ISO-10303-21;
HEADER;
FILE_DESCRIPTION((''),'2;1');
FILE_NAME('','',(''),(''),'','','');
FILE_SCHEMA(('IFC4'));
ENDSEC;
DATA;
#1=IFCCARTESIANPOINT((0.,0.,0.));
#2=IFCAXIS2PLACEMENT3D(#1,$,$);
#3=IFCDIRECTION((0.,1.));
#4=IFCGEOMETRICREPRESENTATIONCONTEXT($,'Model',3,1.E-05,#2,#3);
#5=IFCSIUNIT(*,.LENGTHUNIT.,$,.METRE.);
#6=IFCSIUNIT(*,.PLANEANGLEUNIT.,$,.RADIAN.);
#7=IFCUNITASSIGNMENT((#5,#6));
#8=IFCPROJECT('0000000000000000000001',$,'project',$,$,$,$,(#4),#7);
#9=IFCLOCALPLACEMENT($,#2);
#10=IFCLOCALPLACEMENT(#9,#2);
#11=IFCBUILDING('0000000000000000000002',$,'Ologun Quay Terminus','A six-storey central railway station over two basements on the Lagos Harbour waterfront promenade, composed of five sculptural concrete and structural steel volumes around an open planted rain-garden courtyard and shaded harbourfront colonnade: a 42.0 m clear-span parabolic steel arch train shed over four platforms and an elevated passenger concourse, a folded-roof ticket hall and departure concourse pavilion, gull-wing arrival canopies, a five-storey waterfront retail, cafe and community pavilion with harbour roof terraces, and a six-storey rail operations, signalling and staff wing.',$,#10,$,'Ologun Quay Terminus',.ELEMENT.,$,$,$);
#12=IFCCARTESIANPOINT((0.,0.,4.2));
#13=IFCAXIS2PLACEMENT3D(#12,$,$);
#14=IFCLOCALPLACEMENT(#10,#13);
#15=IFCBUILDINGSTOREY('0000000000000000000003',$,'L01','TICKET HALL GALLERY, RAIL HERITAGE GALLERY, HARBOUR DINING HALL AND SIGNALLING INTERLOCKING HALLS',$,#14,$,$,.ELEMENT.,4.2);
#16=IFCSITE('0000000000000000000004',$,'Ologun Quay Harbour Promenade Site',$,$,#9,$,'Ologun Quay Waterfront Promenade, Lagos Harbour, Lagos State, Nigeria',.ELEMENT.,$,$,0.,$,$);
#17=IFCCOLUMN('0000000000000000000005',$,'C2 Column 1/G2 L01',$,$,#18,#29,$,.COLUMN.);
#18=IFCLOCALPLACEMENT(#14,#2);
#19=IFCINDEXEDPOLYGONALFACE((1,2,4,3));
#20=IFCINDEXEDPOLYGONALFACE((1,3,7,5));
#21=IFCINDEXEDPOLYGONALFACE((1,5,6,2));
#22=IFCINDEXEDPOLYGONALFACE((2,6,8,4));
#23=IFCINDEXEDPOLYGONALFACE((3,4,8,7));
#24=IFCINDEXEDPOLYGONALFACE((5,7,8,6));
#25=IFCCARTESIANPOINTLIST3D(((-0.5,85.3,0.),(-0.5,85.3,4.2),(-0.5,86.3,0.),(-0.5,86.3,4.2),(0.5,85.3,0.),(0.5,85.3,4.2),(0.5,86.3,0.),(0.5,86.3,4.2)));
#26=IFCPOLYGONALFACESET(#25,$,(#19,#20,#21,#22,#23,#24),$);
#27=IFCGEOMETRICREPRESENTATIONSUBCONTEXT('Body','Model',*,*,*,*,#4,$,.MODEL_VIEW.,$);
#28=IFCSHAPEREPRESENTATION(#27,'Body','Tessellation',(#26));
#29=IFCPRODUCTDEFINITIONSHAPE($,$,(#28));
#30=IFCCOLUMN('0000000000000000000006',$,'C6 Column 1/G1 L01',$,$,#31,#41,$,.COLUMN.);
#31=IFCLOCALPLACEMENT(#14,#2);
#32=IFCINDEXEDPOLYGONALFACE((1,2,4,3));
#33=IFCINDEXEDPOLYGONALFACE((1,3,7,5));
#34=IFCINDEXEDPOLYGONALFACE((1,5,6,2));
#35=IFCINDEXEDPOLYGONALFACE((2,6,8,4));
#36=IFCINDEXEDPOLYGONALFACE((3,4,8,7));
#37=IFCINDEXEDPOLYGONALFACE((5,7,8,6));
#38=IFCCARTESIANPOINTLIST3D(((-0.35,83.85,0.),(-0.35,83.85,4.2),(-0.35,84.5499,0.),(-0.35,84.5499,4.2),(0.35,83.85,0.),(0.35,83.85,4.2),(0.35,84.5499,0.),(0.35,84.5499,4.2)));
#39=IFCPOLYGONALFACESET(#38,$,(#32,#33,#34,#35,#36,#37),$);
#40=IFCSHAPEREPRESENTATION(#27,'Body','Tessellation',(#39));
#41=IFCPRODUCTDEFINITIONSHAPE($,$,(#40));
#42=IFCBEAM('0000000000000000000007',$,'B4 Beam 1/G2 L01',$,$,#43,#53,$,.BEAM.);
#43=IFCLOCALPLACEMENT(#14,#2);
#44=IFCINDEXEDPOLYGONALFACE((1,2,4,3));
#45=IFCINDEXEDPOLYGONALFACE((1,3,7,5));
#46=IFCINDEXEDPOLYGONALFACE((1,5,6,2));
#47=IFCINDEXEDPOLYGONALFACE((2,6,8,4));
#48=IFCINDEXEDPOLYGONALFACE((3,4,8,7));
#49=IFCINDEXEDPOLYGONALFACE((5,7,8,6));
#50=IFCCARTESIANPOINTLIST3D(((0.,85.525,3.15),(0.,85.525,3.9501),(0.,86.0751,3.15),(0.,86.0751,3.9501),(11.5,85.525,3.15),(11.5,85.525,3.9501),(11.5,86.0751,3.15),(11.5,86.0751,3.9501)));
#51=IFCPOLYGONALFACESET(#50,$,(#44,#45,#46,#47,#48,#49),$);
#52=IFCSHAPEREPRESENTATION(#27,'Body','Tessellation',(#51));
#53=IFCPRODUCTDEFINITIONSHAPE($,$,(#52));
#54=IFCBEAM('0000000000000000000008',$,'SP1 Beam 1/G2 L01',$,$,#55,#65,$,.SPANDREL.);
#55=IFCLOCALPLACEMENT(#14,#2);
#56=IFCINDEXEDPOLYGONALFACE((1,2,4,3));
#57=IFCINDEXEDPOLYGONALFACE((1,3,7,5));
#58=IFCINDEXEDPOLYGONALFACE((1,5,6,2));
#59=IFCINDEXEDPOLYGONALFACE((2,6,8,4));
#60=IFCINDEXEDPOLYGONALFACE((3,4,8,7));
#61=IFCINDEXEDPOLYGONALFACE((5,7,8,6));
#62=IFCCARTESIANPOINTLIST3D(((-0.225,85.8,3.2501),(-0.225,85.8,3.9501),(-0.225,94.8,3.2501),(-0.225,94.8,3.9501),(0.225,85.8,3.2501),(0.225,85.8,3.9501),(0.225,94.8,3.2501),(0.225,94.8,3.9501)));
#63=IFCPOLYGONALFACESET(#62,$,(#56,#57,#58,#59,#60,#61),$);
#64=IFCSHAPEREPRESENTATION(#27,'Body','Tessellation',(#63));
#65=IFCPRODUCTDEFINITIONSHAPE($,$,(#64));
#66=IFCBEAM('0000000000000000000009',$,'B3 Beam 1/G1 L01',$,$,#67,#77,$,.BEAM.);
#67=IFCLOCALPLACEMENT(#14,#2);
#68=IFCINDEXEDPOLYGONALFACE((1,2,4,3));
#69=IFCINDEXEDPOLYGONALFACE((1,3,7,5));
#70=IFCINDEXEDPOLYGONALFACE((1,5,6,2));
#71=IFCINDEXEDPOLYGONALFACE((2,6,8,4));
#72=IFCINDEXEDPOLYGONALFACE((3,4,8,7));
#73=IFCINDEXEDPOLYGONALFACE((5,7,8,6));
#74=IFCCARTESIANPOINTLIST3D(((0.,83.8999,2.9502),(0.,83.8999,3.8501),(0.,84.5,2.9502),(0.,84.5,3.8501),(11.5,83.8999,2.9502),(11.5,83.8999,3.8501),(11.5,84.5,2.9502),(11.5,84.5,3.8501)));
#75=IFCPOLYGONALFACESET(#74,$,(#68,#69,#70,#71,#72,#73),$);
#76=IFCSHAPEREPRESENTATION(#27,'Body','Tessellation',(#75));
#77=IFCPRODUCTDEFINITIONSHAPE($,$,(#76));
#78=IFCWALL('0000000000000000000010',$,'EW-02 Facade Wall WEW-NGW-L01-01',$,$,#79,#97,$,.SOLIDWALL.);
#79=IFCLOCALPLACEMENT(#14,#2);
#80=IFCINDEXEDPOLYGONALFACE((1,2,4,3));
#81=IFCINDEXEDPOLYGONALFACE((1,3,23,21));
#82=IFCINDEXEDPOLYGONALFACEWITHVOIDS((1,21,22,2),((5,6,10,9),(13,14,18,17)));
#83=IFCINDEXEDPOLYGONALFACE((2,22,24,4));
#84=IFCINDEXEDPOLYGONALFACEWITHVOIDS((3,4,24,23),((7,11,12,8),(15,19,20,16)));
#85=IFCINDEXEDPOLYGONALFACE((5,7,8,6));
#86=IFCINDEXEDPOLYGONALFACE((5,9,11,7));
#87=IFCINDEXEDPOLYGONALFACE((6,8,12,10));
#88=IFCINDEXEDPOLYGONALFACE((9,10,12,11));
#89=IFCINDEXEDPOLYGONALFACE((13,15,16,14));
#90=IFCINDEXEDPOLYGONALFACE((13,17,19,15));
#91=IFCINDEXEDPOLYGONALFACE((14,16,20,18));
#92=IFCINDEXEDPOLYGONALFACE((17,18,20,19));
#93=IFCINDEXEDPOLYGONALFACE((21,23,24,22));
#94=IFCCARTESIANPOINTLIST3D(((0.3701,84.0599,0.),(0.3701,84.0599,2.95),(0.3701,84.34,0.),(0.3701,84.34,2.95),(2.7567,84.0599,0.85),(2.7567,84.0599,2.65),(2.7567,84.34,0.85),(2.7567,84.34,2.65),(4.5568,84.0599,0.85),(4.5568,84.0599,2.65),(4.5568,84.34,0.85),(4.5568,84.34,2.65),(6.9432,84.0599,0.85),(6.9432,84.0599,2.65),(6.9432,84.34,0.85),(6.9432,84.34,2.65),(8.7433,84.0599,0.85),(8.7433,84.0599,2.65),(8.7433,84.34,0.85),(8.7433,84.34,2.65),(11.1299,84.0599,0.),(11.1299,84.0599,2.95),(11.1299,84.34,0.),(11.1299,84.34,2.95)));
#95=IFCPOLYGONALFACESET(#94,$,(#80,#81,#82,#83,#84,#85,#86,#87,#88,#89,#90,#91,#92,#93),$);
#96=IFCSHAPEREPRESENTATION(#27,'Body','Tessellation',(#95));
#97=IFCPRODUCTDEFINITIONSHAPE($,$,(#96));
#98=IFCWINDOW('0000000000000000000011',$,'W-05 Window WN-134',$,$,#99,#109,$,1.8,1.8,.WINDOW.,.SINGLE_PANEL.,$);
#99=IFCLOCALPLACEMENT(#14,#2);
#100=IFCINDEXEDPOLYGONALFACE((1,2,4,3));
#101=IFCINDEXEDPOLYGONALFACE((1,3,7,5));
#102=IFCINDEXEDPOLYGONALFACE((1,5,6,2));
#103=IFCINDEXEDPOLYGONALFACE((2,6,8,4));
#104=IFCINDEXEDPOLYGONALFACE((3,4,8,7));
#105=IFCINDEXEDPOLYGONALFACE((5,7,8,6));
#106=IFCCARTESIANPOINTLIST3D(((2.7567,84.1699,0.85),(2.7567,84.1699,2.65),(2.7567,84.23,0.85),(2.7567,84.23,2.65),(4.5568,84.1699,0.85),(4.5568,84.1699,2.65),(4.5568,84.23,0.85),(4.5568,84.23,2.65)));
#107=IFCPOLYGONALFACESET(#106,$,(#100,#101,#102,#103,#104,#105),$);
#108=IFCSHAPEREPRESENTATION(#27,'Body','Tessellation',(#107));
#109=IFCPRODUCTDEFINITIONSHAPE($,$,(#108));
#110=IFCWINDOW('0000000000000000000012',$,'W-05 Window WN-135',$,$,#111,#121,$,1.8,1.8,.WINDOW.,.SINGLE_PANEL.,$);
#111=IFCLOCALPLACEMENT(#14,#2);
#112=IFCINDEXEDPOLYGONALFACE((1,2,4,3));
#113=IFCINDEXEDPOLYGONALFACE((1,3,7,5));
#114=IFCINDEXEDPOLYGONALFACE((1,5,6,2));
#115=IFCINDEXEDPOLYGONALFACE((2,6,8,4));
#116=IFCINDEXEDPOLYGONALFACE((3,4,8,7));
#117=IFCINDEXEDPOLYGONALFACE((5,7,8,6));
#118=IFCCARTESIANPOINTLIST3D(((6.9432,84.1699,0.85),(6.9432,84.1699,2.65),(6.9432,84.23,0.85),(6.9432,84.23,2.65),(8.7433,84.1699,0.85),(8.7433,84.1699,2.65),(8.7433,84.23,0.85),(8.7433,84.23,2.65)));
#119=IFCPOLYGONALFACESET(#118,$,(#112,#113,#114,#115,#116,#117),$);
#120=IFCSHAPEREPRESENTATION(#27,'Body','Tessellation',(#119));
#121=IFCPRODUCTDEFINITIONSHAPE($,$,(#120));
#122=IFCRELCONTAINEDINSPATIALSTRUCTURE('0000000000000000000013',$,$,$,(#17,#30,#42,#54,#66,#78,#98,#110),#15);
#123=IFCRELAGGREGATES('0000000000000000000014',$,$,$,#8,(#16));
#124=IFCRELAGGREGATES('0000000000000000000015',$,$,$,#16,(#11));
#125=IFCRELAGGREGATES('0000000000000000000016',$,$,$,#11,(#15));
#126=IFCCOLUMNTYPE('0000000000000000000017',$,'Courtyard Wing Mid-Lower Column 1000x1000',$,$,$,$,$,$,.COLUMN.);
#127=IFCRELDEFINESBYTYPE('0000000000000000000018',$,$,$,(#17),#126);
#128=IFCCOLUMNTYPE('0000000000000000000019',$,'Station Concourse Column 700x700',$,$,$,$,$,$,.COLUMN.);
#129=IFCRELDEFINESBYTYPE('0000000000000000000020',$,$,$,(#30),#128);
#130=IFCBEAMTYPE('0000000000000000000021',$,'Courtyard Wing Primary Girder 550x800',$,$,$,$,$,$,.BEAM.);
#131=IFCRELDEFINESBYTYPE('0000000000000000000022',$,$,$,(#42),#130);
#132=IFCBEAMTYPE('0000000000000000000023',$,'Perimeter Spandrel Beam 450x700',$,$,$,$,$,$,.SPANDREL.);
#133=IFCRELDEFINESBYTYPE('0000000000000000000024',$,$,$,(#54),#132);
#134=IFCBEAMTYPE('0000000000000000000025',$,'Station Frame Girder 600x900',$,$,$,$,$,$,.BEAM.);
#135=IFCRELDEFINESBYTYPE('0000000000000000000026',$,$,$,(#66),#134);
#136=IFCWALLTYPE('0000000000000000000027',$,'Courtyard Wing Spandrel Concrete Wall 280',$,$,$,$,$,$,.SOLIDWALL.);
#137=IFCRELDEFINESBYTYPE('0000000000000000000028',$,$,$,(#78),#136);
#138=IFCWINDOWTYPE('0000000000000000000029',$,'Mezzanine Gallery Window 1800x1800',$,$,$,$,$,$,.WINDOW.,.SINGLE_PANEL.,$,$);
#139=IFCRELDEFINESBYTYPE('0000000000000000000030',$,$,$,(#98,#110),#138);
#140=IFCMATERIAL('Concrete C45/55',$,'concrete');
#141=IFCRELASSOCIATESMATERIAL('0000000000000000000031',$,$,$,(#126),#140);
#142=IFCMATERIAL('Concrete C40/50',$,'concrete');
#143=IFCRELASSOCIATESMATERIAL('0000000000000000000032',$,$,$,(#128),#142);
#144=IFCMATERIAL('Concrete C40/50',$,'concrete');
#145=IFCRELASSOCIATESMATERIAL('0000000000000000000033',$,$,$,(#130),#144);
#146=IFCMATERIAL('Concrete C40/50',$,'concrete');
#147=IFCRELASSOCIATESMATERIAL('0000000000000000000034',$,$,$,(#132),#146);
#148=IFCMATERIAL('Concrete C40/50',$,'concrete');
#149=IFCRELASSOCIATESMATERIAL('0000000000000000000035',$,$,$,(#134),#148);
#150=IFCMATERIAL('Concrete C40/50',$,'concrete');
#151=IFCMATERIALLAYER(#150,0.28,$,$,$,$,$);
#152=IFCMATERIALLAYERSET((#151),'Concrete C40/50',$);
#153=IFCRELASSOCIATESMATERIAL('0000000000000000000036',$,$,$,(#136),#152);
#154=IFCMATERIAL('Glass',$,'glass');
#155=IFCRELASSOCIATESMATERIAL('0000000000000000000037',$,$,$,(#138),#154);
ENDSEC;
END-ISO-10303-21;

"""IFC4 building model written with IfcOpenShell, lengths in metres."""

from ifc_helpers import new_model, si_unit, direction, frame, frame_2d, origin, origin_2d, place, context, subcontext, project, spatial, rectangle, extrude, material, layer, layer_set, material_profile, profile_set, type_object, element, fill, save


model = new_model("IFC4")

# Units and contexts
model_context = context("Model", 3, precision=1e-05, world=origin(), true_north=direction((0.0, 1.0)))
body_context = subcontext(model_context, "Body", "Model", "MODEL_VIEW")
ifc_project = project(units=[si_unit("LENGTHUNIT", "METRE"), si_unit("PLANEANGLEUNIT", "RADIAN")], contexts=[model_context])

# Site, building, storey
site_placement = place(None, origin())
site = spatial("IfcSite", under=ifc_project, at=site_placement, Name="Ologun Quay Harbour Promenade Site", LongName="Ologun Quay Waterfront Promenade, Lagos Harbour, Lagos State, Nigeria", CompositionType="ELEMENT", RefElevation=0.0)
building_placement = place(site_placement, origin())
building = spatial("IfcBuilding", under=site, at=building_placement, Name="Ologun Quay Terminus", Description="A six-storey central railway station over two basements on the Lagos Harbour waterfront promenade, composed of five sculptural concrete and structural steel volumes around an open planted rain-garden courtyard and shaded harbourfront colonnade: a 42.0 m clear-span parabolic steel arch train shed over four platforms and an elevated passenger concourse, a folded-roof ticket hall and departure concourse pavilion, gull-wing arrival canopies, a five-storey waterfront retail, cafe and community pavilion with harbour roof terraces, and a six-storey rail operations, signalling and staff wing.", LongName="Ologun Quay Terminus", CompositionType="ELEMENT")
storey_placement = place(building_placement, frame((0.0, 0.0, 4.2)))
storey = spatial("IfcBuildingStorey", under=building, at=storey_placement, Name="L01", Description="TICKET HALL GALLERY, RAIL HERITAGE GALLERY, HARBOUR DINING HALL AND SIGNALLING INTERLOCKING HALLS", CompositionType="ELEMENT", Elevation=4.2)

# Columns
ifc_material_1 = material(Name="Concrete C45/55", Category="concrete")
ifc_material_profile_1 = material_profile(ifc_material_1, rectangle(XDim=1.0, YDim=1.0, at=origin_2d()), Name="RC 1000x1000")
ifc_profile_set_1 = profile_set([ifc_material_profile_1], Name="Concrete C45/55")
column_type_1 = type_object("IfcColumnType", Name="Courtyard Wing Mid-Lower Column 1000x1000", PredefinedType="COLUMN", material=ifc_profile_set_1)
column_1_placement = place(storey_placement, frame((0.0, 85.8, 0.0), z_axis=(0.0, 0.0, 1.0), x_axis=(1.0, 0.0, 0.0)))
element("IfcColumn", 1, at=column_1_placement, inside=storey, type_object=column_type_1, Name="C2 Column 1/G2 L01", PredefinedType="COLUMN", context=body_context, shape_type="SweptSolid", body=[
    extrude(rectangle(XDim=1.0, YDim=1.0, at=origin_2d()), origin(), (0.0, 0.0, 1.0), 4.2),
])
ifc_material_2 = material(Name="Concrete C40/50", Category="concrete")
ifc_material_profile_2 = material_profile(ifc_material_2, rectangle(XDim=0.7, YDim=0.7, at=origin_2d()), Name="RC 700x700")
ifc_profile_set_2 = profile_set([ifc_material_profile_2], Name="Concrete C40/50")
column_type_2 = type_object("IfcColumnType", Name="Station Concourse Column 700x700", PredefinedType="COLUMN", material=ifc_profile_set_2)
column_2_placement = place(storey_placement, frame((0.0, 84.2, 0.0), z_axis=(0.0, 0.0, 1.0), x_axis=(1.0, 0.0, 0.0)))
element("IfcColumn", 2, at=column_2_placement, inside=storey, type_object=column_type_2, Name="C6 Column 1/G1 L01", PredefinedType="COLUMN", context=body_context, shape_type="SweptSolid", body=[
    extrude(rectangle(XDim=0.7, YDim=0.7, at=origin_2d()), origin(), (0.0, 0.0, 1.0), 4.2),
])

# Beams
ifc_material_3 = material(Name="Concrete C40/50", Category="concrete")
ifc_material_profile_3 = material_profile(ifc_material_3, rectangle(XDim=0.55, YDim=0.8, at=origin_2d()), Name="RC 550x800")
ifc_profile_set_3 = profile_set([ifc_material_profile_3], Name="Concrete C40/50")
beam_type_1 = type_object("IfcBeamType", Name="Courtyard Wing Primary Girder 550x800", PredefinedType="BEAM", material=ifc_profile_set_3)
beam_1_placement = place(storey_placement, frame((0.0, 85.8, 3.55), z_axis=(1.0, 0.0, 0.0), x_axis=(0.0, 1.0, 0.0)))
element("IfcBeam", 3, at=beam_1_placement, inside=storey, type_object=beam_type_1, Name="B4 Beam 1/G2 L01", PredefinedType="BEAM", context=body_context, shape_type="SweptSolid", body=[
    extrude(rectangle(XDim=0.55, YDim=0.8, at=origin_2d()), origin(), (0.0, 0.0, 1.0), 11.5),
])
ifc_material_4 = material(Name="Concrete C40/50", Category="concrete")
ifc_material_profile_4 = material_profile(ifc_material_4, rectangle(XDim=0.45, YDim=0.7, at=origin_2d()), Name="RC 450x700")
ifc_profile_set_4 = profile_set([ifc_material_profile_4], Name="Concrete C40/50")
beam_type_2 = type_object("IfcBeamType", Name="Perimeter Spandrel Beam 450x700", PredefinedType="SPANDREL", material=ifc_profile_set_4)
beam_2_placement = place(storey_placement, frame((0.0, 85.8, 3.6001), z_axis=(0.0, 1.0, 0.0), x_axis=(-1.0, 0.0, 0.0)))
element("IfcBeam", 4, at=beam_2_placement, inside=storey, type_object=beam_type_2, Name="SP1 Beam 1/G2 L01", PredefinedType="SPANDREL", context=body_context, shape_type="SweptSolid", body=[
    extrude(rectangle(XDim=0.45, YDim=0.7, at=origin_2d()), origin(), (0.0, 0.0, 1.0), 9.0),
])
ifc_material_5 = material(Name="Concrete C40/50", Category="concrete")
ifc_material_profile_5 = material_profile(ifc_material_5, rectangle(XDim=0.6001, YDim=0.8999, at=origin_2d()), Name="RC 600x900")
ifc_profile_set_5 = profile_set([ifc_material_profile_5], Name="Concrete C40/50")
beam_type_3 = type_object("IfcBeamType", Name="Station Frame Girder 600x900", PredefinedType="BEAM", material=ifc_profile_set_5)
beam_3_placement = place(storey_placement, frame((0.0, 84.2, 3.4001), z_axis=(1.0, 0.0, 0.0), x_axis=(0.0, 1.0, 0.0)))
element("IfcBeam", 5, at=beam_3_placement, inside=storey, type_object=beam_type_3, Name="B3 Beam 1/G1 L01", PredefinedType="BEAM", context=body_context, shape_type="SweptSolid", body=[
    extrude(rectangle(XDim=0.6001, YDim=0.8999, at=origin_2d()), origin(), (0.0, 0.0, 1.0), 11.5),
])

# Wall, openings, windows
ifc_material_6 = material(Name="Concrete C40/50", Category="concrete")
ifc_layer_1 = layer(ifc_material_6, 0.28)
ifc_layer_set_1 = layer_set([ifc_layer_1], Name="Concrete C40/50")
wall_type_1 = type_object("IfcWallType", Name="Courtyard Wing Spandrel Concrete Wall 280", PredefinedType="SOLIDWALL", material=ifc_layer_set_1)
wall_1_placement = place(storey_placement, frame((0.3701, 84.2, 0.0), z_axis=(0.0, 0.0, 1.0), x_axis=(1.0, 0.0, 0.0)))
wall_1 = element("IfcWall", 6, at=wall_1_placement, inside=storey, type_object=wall_type_1, Name="EW-02 Facade Wall WEW-NGW-L01-01", PredefinedType="SOLIDWALL", context=body_context, shape_type="SweptSolid", body=[
    extrude(rectangle(XDim=10.7598, YDim=0.28, at=frame_2d((5.3799, 0.0))), origin(), (0.0, 0.0, 1.0), 2.95),
])
opening_1_placement = place(wall_1_placement, frame((2.3867, 0.0, 0.8501)))
opening_1 = element("IfcOpeningElement", 7, at=opening_1_placement, cuts=wall_1, PredefinedType="OPENING", context=body_context, shape_type="SweptSolid", body=[
    extrude(rectangle(XDim=1.8, YDim=1.8, at=frame_2d((0.8999, 0.8999))), frame((0.0, 0.1499, 0.0), z_axis=(0.0, -1.0, 0.0), x_axis=(1.0, 0.0, 0.0)), (0.0, 0.0, 1.0), 0.3),
])
opening_2_placement = place(wall_1_placement, frame((6.5732, 0.0, 0.8501)))
opening_2 = element("IfcOpeningElement", 8, at=opening_2_placement, cuts=wall_1, PredefinedType="OPENING", context=body_context, shape_type="SweptSolid", body=[
    extrude(rectangle(XDim=1.8, YDim=1.8, at=frame_2d((0.8999, 0.8999))), frame((0.0, 0.1499, 0.0), z_axis=(0.0, -1.0, 0.0), x_axis=(1.0, 0.0, 0.0)), (0.0, 0.0, 1.0), 0.3),
])
ifc_material_7 = material(Name="Glass", Category="glass")
window_type_1 = type_object("IfcWindowType", Name="Mezzanine Gallery Window 1800x1800", PartitioningType="SINGLE_PANEL", PredefinedType="WINDOW", material=ifc_material_7)
window_1_placement = place(opening_1_placement, origin())
window_1 = element("IfcWindow", 9, at=window_1_placement, inside=storey, type_object=window_type_1, Name="W-05 Window WN-134", OverallHeight=1.8, OverallWidth=1.8, PartitioningType="SINGLE_PANEL", PredefinedType="WINDOW", context=body_context, shape_type="SweptSolid", body=[
    extrude(rectangle(XDim=1.8, YDim=1.8, at=frame_2d((0.8999, 0.8999))), frame((0.0, 0.03, 0.0), z_axis=(0.0, -1.0, 0.0), x_axis=(1.0, 0.0, 0.0)), (0.0, 0.0, 1.0), 0.0601),
])
fill(opening_1, window_1)
window_2_placement = place(opening_2_placement, origin())
window_2 = element("IfcWindow", 10, at=window_2_placement, inside=storey, type_object=window_type_1, Name="W-05 Window WN-135", OverallHeight=1.8, OverallWidth=1.8, PartitioningType="SINGLE_PANEL", PredefinedType="WINDOW", context=body_context, shape_type="SweptSolid", body=[
    extrude(rectangle(XDim=1.8, YDim=1.8, at=frame_2d((0.8999, 0.8999))), frame((0.0, 0.03, 0.0), z_axis=(0.0, -1.0, 0.0), x_axis=(1.0, 0.0, 0.0)), (0.0, 0.0, 1.0), 0.0601),
])
fill(opening_2, window_2)

save(model, "model.ifc")
